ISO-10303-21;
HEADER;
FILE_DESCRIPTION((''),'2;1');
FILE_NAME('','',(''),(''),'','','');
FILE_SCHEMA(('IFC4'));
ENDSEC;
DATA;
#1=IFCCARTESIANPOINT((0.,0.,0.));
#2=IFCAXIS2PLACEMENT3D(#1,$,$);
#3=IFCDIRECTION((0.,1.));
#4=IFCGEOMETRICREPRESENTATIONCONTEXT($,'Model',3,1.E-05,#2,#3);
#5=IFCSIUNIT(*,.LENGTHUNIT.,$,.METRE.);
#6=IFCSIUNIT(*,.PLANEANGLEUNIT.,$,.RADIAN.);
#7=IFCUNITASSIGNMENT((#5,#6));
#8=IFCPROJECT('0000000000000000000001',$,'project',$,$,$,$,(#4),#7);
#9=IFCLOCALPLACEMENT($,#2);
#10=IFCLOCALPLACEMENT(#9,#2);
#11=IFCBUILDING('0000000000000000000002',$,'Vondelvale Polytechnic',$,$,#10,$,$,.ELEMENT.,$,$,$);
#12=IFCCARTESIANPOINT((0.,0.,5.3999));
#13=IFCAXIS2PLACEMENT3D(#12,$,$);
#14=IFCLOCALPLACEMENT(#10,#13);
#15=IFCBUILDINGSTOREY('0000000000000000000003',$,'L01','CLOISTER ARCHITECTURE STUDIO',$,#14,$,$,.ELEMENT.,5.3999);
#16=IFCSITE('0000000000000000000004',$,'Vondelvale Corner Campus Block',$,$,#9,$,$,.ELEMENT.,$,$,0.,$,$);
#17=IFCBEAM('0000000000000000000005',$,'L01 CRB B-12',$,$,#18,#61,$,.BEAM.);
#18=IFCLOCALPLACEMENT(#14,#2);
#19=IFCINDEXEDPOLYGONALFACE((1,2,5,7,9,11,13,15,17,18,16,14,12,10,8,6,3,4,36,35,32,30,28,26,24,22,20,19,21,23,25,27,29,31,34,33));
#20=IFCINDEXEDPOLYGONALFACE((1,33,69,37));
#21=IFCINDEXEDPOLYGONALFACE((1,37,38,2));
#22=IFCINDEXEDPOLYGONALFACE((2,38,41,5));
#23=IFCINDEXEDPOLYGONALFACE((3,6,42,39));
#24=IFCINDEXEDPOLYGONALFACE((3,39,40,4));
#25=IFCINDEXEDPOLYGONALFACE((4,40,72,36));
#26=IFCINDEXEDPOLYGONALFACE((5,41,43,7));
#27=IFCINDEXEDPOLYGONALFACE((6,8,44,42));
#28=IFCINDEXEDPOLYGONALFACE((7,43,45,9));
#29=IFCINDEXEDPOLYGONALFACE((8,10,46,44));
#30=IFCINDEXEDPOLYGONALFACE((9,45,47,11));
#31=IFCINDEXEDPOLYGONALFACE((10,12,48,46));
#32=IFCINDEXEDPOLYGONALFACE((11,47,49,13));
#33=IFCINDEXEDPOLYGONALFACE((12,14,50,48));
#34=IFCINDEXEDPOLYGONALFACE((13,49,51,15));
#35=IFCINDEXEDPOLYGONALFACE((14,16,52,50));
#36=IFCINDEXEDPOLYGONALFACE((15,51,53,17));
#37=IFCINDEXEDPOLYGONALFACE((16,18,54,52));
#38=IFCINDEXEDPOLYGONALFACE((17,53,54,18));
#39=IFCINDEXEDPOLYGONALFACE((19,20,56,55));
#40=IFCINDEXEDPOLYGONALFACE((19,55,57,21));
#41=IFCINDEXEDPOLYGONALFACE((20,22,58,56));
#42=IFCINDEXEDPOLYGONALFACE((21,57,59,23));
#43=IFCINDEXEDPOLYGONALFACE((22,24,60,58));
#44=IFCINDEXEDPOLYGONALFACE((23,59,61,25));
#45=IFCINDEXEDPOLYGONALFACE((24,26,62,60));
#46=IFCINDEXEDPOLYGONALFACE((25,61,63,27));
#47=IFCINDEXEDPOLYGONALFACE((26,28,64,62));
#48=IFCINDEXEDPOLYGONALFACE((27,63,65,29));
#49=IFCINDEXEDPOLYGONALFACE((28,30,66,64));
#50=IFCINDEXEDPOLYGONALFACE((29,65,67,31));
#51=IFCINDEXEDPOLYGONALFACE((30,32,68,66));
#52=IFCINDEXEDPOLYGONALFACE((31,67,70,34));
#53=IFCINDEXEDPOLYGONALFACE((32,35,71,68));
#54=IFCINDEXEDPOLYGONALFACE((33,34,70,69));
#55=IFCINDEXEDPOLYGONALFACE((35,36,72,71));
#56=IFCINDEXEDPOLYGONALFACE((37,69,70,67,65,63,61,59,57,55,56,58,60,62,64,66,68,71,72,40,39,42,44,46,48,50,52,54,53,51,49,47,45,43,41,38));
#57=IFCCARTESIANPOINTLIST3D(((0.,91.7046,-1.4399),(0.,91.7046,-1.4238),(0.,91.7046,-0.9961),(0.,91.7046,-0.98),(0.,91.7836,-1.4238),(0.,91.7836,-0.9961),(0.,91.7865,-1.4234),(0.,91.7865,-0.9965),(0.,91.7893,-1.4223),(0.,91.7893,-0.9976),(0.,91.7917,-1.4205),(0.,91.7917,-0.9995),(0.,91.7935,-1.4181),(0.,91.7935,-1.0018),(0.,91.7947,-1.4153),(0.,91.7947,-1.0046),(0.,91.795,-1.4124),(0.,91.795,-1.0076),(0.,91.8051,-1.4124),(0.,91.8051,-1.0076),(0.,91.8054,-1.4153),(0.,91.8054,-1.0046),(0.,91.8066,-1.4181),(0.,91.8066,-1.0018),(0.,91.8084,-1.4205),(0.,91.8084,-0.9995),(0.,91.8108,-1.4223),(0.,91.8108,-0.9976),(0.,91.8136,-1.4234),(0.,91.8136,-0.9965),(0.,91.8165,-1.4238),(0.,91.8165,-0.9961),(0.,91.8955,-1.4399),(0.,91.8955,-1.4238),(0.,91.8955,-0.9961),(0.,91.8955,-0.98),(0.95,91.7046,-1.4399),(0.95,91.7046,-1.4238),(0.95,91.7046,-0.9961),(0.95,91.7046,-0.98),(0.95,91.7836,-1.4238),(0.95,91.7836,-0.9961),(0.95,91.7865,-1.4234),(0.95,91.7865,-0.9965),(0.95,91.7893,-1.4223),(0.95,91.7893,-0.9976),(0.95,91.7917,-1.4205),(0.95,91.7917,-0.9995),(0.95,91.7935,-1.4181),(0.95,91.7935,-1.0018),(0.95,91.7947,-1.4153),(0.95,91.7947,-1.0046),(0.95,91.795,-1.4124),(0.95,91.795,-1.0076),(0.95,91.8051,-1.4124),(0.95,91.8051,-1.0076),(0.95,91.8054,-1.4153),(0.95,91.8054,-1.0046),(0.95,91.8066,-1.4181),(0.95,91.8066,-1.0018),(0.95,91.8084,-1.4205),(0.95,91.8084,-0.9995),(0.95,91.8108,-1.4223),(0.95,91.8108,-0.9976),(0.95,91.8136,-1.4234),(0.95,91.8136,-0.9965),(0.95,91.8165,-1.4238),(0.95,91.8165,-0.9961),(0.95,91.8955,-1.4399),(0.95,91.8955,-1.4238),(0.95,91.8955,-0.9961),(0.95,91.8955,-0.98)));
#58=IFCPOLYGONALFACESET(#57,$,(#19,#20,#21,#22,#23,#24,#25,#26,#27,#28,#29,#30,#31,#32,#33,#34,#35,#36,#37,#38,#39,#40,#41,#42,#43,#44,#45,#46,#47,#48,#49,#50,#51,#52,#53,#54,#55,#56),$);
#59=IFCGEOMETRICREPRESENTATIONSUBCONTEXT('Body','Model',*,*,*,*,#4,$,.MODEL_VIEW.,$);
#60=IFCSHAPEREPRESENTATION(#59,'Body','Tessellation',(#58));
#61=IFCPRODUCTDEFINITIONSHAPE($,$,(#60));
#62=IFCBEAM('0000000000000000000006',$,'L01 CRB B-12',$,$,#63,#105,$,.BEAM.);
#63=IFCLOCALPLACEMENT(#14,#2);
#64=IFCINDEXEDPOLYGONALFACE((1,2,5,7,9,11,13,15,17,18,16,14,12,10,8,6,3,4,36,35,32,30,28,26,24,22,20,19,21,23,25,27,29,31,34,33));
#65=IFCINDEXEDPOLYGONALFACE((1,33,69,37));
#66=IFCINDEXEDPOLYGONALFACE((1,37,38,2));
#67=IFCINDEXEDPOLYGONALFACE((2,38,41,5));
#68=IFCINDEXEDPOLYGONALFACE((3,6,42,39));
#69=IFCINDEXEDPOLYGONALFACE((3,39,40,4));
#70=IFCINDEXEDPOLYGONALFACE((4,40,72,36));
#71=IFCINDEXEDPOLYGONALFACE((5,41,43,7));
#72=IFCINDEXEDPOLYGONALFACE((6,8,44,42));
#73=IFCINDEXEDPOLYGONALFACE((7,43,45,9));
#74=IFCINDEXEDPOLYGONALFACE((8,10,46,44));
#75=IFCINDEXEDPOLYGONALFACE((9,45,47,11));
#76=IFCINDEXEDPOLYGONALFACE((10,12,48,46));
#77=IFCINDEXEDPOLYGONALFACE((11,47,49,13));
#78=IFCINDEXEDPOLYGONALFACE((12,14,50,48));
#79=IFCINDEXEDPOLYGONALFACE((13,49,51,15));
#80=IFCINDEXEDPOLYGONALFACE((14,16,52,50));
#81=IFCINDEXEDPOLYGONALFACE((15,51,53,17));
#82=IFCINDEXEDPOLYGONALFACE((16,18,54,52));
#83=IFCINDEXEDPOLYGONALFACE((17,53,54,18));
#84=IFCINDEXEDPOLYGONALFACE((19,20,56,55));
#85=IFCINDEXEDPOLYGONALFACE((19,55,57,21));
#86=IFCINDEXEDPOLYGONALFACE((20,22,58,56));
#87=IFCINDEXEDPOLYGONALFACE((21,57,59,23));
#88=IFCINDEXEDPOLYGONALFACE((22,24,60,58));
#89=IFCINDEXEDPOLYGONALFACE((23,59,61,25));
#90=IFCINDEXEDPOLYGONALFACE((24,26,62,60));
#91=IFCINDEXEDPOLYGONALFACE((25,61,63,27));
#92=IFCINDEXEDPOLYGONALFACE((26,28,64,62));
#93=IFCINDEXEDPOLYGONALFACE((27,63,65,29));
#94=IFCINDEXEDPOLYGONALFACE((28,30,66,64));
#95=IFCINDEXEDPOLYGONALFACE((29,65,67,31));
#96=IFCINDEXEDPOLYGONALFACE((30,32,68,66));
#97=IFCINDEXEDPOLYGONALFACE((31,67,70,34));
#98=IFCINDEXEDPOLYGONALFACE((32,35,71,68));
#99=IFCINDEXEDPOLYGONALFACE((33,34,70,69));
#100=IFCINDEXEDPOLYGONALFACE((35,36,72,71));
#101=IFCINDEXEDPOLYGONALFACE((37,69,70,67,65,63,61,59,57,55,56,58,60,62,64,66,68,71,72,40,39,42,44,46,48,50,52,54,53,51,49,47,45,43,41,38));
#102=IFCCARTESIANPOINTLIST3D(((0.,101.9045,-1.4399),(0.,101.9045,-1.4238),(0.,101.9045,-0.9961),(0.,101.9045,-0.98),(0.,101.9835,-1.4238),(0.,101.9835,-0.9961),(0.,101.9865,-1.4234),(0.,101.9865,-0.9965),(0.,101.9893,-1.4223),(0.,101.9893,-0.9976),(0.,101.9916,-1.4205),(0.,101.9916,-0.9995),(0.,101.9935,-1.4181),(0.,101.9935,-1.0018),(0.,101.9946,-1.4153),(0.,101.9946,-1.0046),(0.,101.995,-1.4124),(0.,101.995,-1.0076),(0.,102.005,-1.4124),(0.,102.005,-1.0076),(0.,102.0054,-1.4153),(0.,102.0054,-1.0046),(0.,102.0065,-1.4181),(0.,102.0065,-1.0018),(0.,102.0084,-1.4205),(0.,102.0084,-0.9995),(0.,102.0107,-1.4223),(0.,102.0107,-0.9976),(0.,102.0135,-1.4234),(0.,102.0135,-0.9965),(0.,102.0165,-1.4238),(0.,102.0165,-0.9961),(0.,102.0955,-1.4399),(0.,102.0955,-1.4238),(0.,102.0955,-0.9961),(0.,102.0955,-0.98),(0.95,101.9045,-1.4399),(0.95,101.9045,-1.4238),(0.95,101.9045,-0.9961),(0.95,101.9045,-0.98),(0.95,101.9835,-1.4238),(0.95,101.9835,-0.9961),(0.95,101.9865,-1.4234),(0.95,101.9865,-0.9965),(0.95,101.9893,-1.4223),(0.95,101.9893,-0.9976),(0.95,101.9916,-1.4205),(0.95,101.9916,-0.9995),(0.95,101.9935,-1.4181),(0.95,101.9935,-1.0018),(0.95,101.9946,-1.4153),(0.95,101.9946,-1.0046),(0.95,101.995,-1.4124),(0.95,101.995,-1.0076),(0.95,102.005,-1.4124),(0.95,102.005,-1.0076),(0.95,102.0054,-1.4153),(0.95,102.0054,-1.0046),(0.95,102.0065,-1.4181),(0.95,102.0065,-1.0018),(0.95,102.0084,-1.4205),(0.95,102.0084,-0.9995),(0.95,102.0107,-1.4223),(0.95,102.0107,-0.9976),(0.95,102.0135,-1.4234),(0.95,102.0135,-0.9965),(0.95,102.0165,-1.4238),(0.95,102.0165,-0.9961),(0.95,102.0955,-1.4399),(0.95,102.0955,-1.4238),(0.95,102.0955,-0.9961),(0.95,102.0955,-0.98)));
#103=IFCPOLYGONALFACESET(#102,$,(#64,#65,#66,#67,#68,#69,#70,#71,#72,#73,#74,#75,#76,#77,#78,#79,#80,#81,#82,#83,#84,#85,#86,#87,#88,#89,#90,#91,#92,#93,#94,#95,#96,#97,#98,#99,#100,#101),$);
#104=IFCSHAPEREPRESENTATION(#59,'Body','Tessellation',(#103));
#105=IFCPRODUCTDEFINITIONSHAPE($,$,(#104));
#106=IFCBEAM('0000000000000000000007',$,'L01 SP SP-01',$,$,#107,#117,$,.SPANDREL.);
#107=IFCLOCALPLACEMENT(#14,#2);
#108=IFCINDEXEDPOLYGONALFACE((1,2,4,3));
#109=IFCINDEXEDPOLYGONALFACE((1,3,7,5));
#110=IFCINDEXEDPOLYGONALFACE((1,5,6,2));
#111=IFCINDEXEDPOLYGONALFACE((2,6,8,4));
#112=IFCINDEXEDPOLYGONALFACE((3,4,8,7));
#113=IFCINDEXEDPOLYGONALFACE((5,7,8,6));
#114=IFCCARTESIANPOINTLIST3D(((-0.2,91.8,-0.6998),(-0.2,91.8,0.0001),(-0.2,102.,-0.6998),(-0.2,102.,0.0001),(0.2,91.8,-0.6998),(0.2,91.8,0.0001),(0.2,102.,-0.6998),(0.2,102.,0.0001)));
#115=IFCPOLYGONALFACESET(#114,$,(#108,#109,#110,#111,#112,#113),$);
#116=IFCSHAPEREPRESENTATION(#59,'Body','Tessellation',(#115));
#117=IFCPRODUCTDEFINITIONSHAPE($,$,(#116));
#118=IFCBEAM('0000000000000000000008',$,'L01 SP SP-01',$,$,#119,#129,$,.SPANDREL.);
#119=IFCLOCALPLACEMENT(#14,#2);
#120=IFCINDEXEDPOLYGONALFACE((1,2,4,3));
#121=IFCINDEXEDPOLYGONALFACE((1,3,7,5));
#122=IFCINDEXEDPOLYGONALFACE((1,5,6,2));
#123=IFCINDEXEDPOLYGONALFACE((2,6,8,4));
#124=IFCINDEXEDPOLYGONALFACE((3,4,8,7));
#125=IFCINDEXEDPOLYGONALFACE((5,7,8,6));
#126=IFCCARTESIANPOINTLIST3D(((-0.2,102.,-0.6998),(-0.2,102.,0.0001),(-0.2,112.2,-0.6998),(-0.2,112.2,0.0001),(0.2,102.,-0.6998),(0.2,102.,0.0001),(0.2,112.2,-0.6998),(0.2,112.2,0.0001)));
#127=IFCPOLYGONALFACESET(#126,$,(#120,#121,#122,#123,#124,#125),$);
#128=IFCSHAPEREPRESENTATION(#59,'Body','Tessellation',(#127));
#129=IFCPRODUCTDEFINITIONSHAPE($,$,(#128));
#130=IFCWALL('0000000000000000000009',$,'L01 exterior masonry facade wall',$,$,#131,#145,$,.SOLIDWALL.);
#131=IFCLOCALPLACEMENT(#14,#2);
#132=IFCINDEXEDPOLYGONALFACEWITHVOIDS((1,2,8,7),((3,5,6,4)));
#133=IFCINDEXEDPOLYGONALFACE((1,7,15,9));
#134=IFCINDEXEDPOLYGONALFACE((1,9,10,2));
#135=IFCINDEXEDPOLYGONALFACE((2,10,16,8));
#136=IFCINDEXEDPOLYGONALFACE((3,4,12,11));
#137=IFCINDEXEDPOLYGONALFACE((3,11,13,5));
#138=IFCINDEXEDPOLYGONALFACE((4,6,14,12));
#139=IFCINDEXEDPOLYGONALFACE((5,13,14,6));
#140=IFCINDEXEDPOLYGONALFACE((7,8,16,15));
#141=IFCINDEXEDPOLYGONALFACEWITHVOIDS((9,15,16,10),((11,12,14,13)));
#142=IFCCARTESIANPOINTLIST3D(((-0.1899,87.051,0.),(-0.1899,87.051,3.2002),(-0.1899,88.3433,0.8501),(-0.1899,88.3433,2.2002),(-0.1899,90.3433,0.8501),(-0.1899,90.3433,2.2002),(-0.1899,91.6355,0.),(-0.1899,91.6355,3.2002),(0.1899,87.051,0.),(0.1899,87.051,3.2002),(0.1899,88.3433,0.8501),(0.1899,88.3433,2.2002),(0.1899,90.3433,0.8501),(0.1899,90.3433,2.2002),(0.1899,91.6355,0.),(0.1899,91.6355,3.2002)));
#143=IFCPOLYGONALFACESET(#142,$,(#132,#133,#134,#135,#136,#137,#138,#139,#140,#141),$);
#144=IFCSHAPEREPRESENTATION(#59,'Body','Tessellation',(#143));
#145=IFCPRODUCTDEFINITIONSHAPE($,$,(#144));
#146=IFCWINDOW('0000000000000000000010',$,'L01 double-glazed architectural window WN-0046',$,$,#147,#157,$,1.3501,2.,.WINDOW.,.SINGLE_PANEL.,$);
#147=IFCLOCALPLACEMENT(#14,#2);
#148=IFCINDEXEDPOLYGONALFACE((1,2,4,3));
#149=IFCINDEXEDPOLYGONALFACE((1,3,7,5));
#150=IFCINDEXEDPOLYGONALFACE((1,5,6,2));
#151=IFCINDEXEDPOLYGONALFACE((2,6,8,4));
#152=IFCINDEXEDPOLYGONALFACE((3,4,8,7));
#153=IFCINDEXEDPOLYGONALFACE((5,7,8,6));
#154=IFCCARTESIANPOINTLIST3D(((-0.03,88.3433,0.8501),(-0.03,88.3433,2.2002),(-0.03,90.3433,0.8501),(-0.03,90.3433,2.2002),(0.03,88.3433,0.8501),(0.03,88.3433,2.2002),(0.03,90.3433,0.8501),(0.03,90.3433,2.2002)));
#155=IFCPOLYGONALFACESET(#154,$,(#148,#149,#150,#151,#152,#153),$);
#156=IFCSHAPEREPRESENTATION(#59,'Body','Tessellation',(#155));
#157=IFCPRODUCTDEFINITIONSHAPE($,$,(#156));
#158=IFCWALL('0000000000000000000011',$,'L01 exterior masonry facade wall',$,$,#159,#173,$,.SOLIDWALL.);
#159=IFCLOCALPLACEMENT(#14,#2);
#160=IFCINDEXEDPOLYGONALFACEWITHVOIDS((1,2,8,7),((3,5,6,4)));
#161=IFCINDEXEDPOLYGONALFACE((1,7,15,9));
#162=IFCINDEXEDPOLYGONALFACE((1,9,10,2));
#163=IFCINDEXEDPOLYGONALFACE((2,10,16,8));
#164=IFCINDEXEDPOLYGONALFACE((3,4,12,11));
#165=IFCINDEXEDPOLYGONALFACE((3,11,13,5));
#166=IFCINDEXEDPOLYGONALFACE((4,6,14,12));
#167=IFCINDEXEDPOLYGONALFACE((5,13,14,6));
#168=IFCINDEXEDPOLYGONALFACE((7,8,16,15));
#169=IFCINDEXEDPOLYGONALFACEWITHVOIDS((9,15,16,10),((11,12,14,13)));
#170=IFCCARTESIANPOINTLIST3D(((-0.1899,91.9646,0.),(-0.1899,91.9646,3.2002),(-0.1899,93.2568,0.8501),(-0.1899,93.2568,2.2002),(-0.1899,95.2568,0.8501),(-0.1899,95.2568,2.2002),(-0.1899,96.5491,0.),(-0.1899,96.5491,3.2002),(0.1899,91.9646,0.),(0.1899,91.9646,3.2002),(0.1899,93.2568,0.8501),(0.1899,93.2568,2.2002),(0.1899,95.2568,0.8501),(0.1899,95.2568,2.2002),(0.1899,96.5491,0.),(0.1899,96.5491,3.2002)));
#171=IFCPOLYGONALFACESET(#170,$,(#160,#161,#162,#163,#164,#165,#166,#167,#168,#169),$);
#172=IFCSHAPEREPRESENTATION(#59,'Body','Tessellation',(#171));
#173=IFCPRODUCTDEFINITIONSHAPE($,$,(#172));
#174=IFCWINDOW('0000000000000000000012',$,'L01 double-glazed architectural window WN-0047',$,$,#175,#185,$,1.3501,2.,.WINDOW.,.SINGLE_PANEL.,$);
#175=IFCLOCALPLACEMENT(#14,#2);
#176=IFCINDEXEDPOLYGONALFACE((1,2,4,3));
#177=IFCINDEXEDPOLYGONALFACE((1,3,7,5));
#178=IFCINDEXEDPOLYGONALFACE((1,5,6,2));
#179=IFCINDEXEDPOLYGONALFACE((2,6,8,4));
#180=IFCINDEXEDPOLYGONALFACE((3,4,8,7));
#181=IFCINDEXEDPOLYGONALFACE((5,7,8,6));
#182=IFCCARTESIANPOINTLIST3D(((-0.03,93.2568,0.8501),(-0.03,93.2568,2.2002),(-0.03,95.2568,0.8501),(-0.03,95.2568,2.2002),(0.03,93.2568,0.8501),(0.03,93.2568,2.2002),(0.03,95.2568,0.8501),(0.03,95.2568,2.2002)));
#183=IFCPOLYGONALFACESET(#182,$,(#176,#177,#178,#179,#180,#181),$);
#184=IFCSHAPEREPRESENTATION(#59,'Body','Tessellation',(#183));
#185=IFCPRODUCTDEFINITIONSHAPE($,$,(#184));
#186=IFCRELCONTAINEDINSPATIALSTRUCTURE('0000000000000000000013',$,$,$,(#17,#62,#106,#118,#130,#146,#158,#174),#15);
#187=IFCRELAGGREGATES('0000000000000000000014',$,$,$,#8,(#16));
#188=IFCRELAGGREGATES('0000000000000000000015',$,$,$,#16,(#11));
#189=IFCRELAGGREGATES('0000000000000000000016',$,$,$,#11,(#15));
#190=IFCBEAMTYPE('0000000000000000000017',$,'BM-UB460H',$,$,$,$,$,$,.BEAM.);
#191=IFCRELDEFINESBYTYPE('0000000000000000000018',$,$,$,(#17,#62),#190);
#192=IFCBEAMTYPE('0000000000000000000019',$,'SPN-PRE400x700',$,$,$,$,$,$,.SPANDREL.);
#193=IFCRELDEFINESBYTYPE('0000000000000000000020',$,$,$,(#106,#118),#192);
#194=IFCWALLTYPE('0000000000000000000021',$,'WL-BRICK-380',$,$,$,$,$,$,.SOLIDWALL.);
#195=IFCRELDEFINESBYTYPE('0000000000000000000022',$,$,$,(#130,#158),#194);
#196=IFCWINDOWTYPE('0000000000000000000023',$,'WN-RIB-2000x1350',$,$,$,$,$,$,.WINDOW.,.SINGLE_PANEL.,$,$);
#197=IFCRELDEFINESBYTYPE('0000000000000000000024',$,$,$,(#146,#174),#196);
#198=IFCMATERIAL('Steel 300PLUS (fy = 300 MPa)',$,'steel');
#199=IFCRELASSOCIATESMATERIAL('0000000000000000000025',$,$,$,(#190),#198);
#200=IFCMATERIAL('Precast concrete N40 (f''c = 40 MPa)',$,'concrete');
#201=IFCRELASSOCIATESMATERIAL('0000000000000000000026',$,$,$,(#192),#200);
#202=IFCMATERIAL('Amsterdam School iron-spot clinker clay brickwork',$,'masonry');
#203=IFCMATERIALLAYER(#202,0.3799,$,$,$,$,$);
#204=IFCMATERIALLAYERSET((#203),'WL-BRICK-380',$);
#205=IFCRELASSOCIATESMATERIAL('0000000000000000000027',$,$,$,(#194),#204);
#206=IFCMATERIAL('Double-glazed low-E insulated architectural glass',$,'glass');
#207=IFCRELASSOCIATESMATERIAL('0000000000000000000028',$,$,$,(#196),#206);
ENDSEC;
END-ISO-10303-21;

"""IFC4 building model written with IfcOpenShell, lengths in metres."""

from ifc_helpers import new_model, si_unit, direction, frame, frame_2d, origin, origin_2d, place, context, subcontext, project, spatial, rectangle, i_section, extrude, material, layer, layer_set, material_profile, profile_set, type_object, element, fill, save


model = new_model("IFC4")

# Units and contexts
model_context = context("Model", 3, precision=1e-05, world=origin(), true_north=direction((0.0, 1.0)))
body_context = subcontext(model_context, "Body", "Model", "MODEL_VIEW")
ifc_project = project(units=[si_unit("LENGTHUNIT", "METRE"), si_unit("PLANEANGLEUNIT", "RADIAN")], contexts=[model_context])

# Site, building, storey
site_placement = place(None, origin())
site = spatial("IfcSite", under=ifc_project, at=site_placement, Name="Vondelvale Corner Campus Block", CompositionType="ELEMENT", RefElevation=0.0)
building_placement = place(site_placement, origin())
building = spatial("IfcBuilding", under=site, at=building_placement, Name="Vondelvale Polytechnic", CompositionType="ELEMENT")
storey_placement = place(building_placement, frame((0.0, 0.0, 5.3999)))
storey = spatial("IfcBuildingStorey", under=building, at=storey_placement, Name="L01", Description="CLOISTER ARCHITECTURE STUDIO", CompositionType="ELEMENT", Elevation=5.3999)

# Shared definitions
ifc_material_1 = material(Name="Steel 300PLUS (fy = 300 MPa)", Category="steel")

# Beams
ifc_material_profile_1 = material_profile(ifc_material_1, i_section(OverallWidth=0.1909, OverallDepth=0.46, WebThickness=0.01, FlangeThickness=0.0161, FilletRadius=0.0115, at=origin_2d()), Name="460UB82.1")
ifc_profile_set_1 = profile_set([ifc_material_profile_1], Name="Steel 300PLUS (fy = 300 MPa)")
beam_type_1 = type_object("IfcBeamType", Name="BM-UB460H", PredefinedType="BEAM", material=ifc_profile_set_1)
for number, where, z_axis, x_axis, name in (
    (1, (0.0, 91.8, -1.21), (1.0, 0.0, 0.0), (0.0, 1.0, 0.0), "L01 CRB B-12"),
    (2, (0.0, 102.0, -1.21), (1.0, 0.0, 0.0), (0.0, 1.0, 0.0), "L01 CRB B-12"),
):
    element("IfcBeam", number, at=place(storey_placement, frame(where, z_axis=z_axis, x_axis=x_axis)), inside=storey, type_object=beam_type_1, Name=name, PredefinedType="BEAM", context=body_context, shape_type="SweptSolid", body=[
        extrude(i_section(OverallWidth=0.1909, OverallDepth=0.46, WebThickness=0.01, FlangeThickness=0.0161, FilletRadius=0.0115, at=origin_2d()), origin(), (0.0, 0.0, 1.0), 0.95),
    ])
ifc_material_2 = material(Name="Precast concrete N40 (f'c = 40 MPa)", Category="concrete")
ifc_material_profile_2 = material_profile(ifc_material_2, rectangle(XDim=0.3999, YDim=0.7, at=origin_2d()), Name="RC-SPN-400x700")
ifc_profile_set_2 = profile_set([ifc_material_profile_2], Name="Precast concrete N40 (f'c = 40 MPa)")
beam_type_2 = type_object("IfcBeamType", Name="SPN-PRE400x700", PredefinedType="SPANDREL", material=ifc_profile_set_2)
for number, where, z_axis, x_axis, name in (
    (3, (0.0, 91.8, -0.3499), (0.0, 1.0, 0.0), (-1.0, 0.0, 0.0), "L01 SP SP-01"),
    (4, (0.0, 102.0, -0.3499), (0.0, 1.0, 0.0), (-1.0, 0.0, 0.0), "L01 SP SP-01"),
):
    element("IfcBeam", number, at=place(storey_placement, frame(where, z_axis=z_axis, x_axis=x_axis)), inside=storey, type_object=beam_type_2, Name=name, PredefinedType="SPANDREL", context=body_context, shape_type="SweptSolid", body=[
        extrude(rectangle(XDim=0.3999, YDim=0.7, at=origin_2d()), origin(), (0.0, 0.0, 1.0), 10.2),
    ])

# Walls, openings, windows
ifc_material_3 = material(Name="Amsterdam School iron-spot clinker clay brickwork", Category="masonry")
ifc_layer_1 = layer(ifc_material_3, 0.3799)
ifc_layer_set_1 = layer_set([ifc_layer_1], Name="WL-BRICK-380")
wall_type = type_object("IfcWallType", Name="WL-BRICK-380", PredefinedType="SOLIDWALL", material=ifc_layer_set_1)
wall_1_placement = place(storey_placement, frame((0.0, 87.051, 0.0), z_axis=(0.0, 0.0, 1.0), x_axis=(0.0, 1.0, 0.0)))
wall_1 = element("IfcWall", 5, at=wall_1_placement, inside=storey, type_object=wall_type, Name="L01 exterior masonry facade wall", PredefinedType="SOLIDWALL", context=body_context, shape_type="SweptSolid", body=[
    extrude(rectangle(XDim=4.5845, YDim=0.3799, at=frame_2d((2.2922, 0.0))), origin(), (0.0, 0.0, 1.0), 3.2002),
])
opening_1_placement = place(wall_1_placement, frame((1.2922, 0.0, 0.8501)))
opening_1 = element("IfcOpeningElement", 6, at=opening_1_placement, cuts=wall_1, PredefinedType="OPENING", context=body_context, shape_type="SweptSolid", body=[
    extrude(rectangle(XDim=2.0, YDim=1.3501, at=frame_2d((1.0, 0.675))), frame((0.0, 0.2, 0.0), z_axis=(0.0, -1.0, 0.0), x_axis=(1.0, 0.0, 0.0)), (0.0, 0.0, 1.0), 0.3999),
])
ifc_material_4 = material(Name="Double-glazed low-E insulated architectural glass", Category="glass")
window_type = type_object("IfcWindowType", Name="WN-RIB-2000x1350", PartitioningType="SINGLE_PANEL", PredefinedType="WINDOW", material=ifc_material_4)
window_1_placement = place(opening_1_placement, origin())
window_1 = element("IfcWindow", 7, at=window_1_placement, inside=storey, type_object=window_type, Name="L01 double-glazed architectural window WN-0046", OverallHeight=1.3501, OverallWidth=2.0, PartitioningType="SINGLE_PANEL", PredefinedType="WINDOW", context=body_context, shape_type="SweptSolid", body=[
    extrude(rectangle(XDim=2.0, YDim=1.3501, at=frame_2d((1.0, 0.675))), frame((0.0, 0.03, 0.0), z_axis=(0.0, -1.0, 0.0), x_axis=(1.0, 0.0, 0.0)), (0.0, 0.0, 1.0), 0.0601),
])
fill(opening_1, window_1)
wall_2_placement = place(storey_placement, frame((0.0, 91.9646, 0.0), z_axis=(0.0, 0.0, 1.0), x_axis=(0.0, 1.0, 0.0)))
wall_2 = element("IfcWall", 8, at=wall_2_placement, inside=storey, type_object=wall_type, Name="L01 exterior masonry facade wall", PredefinedType="SOLIDWALL", context=body_context, shape_type="SweptSolid", body=[
    extrude(rectangle(XDim=4.5845, YDim=0.3799, at=frame_2d((2.2922, 0.0))), origin(), (0.0, 0.0, 1.0), 3.2002),
])
opening_2_placement = place(wall_2_placement, frame((1.2922, 0.0, 0.8501)))
opening_2 = element("IfcOpeningElement", 9, at=opening_2_placement, cuts=wall_2, PredefinedType="OPENING", context=body_context, shape_type="SweptSolid", body=[
    extrude(rectangle(XDim=2.0, YDim=1.3501, at=frame_2d((1.0, 0.675))), frame((0.0, 0.2, 0.0), z_axis=(0.0, -1.0, 0.0), x_axis=(1.0, 0.0, 0.0)), (0.0, 0.0, 1.0), 0.3999),
])
window_2_placement = place(opening_2_placement, origin())
window_2 = element("IfcWindow", 10, at=window_2_placement, inside=storey, type_object=window_type, Name="L01 double-glazed architectural window WN-0047", OverallHeight=1.3501, OverallWidth=2.0, PartitioningType="SINGLE_PANEL", PredefinedType="WINDOW", context=body_context, shape_type="SweptSolid", body=[
    extrude(rectangle(XDim=2.0, YDim=1.3501, at=frame_2d((1.0, 0.675))), frame((0.0, 0.03, 0.0), z_axis=(0.0, -1.0, 0.0), x_axis=(1.0, 0.0, 0.0)), (0.0, 0.0, 1.0), 0.0601),
])
fill(opening_2, window_2)

save(model, "model.ifc")
